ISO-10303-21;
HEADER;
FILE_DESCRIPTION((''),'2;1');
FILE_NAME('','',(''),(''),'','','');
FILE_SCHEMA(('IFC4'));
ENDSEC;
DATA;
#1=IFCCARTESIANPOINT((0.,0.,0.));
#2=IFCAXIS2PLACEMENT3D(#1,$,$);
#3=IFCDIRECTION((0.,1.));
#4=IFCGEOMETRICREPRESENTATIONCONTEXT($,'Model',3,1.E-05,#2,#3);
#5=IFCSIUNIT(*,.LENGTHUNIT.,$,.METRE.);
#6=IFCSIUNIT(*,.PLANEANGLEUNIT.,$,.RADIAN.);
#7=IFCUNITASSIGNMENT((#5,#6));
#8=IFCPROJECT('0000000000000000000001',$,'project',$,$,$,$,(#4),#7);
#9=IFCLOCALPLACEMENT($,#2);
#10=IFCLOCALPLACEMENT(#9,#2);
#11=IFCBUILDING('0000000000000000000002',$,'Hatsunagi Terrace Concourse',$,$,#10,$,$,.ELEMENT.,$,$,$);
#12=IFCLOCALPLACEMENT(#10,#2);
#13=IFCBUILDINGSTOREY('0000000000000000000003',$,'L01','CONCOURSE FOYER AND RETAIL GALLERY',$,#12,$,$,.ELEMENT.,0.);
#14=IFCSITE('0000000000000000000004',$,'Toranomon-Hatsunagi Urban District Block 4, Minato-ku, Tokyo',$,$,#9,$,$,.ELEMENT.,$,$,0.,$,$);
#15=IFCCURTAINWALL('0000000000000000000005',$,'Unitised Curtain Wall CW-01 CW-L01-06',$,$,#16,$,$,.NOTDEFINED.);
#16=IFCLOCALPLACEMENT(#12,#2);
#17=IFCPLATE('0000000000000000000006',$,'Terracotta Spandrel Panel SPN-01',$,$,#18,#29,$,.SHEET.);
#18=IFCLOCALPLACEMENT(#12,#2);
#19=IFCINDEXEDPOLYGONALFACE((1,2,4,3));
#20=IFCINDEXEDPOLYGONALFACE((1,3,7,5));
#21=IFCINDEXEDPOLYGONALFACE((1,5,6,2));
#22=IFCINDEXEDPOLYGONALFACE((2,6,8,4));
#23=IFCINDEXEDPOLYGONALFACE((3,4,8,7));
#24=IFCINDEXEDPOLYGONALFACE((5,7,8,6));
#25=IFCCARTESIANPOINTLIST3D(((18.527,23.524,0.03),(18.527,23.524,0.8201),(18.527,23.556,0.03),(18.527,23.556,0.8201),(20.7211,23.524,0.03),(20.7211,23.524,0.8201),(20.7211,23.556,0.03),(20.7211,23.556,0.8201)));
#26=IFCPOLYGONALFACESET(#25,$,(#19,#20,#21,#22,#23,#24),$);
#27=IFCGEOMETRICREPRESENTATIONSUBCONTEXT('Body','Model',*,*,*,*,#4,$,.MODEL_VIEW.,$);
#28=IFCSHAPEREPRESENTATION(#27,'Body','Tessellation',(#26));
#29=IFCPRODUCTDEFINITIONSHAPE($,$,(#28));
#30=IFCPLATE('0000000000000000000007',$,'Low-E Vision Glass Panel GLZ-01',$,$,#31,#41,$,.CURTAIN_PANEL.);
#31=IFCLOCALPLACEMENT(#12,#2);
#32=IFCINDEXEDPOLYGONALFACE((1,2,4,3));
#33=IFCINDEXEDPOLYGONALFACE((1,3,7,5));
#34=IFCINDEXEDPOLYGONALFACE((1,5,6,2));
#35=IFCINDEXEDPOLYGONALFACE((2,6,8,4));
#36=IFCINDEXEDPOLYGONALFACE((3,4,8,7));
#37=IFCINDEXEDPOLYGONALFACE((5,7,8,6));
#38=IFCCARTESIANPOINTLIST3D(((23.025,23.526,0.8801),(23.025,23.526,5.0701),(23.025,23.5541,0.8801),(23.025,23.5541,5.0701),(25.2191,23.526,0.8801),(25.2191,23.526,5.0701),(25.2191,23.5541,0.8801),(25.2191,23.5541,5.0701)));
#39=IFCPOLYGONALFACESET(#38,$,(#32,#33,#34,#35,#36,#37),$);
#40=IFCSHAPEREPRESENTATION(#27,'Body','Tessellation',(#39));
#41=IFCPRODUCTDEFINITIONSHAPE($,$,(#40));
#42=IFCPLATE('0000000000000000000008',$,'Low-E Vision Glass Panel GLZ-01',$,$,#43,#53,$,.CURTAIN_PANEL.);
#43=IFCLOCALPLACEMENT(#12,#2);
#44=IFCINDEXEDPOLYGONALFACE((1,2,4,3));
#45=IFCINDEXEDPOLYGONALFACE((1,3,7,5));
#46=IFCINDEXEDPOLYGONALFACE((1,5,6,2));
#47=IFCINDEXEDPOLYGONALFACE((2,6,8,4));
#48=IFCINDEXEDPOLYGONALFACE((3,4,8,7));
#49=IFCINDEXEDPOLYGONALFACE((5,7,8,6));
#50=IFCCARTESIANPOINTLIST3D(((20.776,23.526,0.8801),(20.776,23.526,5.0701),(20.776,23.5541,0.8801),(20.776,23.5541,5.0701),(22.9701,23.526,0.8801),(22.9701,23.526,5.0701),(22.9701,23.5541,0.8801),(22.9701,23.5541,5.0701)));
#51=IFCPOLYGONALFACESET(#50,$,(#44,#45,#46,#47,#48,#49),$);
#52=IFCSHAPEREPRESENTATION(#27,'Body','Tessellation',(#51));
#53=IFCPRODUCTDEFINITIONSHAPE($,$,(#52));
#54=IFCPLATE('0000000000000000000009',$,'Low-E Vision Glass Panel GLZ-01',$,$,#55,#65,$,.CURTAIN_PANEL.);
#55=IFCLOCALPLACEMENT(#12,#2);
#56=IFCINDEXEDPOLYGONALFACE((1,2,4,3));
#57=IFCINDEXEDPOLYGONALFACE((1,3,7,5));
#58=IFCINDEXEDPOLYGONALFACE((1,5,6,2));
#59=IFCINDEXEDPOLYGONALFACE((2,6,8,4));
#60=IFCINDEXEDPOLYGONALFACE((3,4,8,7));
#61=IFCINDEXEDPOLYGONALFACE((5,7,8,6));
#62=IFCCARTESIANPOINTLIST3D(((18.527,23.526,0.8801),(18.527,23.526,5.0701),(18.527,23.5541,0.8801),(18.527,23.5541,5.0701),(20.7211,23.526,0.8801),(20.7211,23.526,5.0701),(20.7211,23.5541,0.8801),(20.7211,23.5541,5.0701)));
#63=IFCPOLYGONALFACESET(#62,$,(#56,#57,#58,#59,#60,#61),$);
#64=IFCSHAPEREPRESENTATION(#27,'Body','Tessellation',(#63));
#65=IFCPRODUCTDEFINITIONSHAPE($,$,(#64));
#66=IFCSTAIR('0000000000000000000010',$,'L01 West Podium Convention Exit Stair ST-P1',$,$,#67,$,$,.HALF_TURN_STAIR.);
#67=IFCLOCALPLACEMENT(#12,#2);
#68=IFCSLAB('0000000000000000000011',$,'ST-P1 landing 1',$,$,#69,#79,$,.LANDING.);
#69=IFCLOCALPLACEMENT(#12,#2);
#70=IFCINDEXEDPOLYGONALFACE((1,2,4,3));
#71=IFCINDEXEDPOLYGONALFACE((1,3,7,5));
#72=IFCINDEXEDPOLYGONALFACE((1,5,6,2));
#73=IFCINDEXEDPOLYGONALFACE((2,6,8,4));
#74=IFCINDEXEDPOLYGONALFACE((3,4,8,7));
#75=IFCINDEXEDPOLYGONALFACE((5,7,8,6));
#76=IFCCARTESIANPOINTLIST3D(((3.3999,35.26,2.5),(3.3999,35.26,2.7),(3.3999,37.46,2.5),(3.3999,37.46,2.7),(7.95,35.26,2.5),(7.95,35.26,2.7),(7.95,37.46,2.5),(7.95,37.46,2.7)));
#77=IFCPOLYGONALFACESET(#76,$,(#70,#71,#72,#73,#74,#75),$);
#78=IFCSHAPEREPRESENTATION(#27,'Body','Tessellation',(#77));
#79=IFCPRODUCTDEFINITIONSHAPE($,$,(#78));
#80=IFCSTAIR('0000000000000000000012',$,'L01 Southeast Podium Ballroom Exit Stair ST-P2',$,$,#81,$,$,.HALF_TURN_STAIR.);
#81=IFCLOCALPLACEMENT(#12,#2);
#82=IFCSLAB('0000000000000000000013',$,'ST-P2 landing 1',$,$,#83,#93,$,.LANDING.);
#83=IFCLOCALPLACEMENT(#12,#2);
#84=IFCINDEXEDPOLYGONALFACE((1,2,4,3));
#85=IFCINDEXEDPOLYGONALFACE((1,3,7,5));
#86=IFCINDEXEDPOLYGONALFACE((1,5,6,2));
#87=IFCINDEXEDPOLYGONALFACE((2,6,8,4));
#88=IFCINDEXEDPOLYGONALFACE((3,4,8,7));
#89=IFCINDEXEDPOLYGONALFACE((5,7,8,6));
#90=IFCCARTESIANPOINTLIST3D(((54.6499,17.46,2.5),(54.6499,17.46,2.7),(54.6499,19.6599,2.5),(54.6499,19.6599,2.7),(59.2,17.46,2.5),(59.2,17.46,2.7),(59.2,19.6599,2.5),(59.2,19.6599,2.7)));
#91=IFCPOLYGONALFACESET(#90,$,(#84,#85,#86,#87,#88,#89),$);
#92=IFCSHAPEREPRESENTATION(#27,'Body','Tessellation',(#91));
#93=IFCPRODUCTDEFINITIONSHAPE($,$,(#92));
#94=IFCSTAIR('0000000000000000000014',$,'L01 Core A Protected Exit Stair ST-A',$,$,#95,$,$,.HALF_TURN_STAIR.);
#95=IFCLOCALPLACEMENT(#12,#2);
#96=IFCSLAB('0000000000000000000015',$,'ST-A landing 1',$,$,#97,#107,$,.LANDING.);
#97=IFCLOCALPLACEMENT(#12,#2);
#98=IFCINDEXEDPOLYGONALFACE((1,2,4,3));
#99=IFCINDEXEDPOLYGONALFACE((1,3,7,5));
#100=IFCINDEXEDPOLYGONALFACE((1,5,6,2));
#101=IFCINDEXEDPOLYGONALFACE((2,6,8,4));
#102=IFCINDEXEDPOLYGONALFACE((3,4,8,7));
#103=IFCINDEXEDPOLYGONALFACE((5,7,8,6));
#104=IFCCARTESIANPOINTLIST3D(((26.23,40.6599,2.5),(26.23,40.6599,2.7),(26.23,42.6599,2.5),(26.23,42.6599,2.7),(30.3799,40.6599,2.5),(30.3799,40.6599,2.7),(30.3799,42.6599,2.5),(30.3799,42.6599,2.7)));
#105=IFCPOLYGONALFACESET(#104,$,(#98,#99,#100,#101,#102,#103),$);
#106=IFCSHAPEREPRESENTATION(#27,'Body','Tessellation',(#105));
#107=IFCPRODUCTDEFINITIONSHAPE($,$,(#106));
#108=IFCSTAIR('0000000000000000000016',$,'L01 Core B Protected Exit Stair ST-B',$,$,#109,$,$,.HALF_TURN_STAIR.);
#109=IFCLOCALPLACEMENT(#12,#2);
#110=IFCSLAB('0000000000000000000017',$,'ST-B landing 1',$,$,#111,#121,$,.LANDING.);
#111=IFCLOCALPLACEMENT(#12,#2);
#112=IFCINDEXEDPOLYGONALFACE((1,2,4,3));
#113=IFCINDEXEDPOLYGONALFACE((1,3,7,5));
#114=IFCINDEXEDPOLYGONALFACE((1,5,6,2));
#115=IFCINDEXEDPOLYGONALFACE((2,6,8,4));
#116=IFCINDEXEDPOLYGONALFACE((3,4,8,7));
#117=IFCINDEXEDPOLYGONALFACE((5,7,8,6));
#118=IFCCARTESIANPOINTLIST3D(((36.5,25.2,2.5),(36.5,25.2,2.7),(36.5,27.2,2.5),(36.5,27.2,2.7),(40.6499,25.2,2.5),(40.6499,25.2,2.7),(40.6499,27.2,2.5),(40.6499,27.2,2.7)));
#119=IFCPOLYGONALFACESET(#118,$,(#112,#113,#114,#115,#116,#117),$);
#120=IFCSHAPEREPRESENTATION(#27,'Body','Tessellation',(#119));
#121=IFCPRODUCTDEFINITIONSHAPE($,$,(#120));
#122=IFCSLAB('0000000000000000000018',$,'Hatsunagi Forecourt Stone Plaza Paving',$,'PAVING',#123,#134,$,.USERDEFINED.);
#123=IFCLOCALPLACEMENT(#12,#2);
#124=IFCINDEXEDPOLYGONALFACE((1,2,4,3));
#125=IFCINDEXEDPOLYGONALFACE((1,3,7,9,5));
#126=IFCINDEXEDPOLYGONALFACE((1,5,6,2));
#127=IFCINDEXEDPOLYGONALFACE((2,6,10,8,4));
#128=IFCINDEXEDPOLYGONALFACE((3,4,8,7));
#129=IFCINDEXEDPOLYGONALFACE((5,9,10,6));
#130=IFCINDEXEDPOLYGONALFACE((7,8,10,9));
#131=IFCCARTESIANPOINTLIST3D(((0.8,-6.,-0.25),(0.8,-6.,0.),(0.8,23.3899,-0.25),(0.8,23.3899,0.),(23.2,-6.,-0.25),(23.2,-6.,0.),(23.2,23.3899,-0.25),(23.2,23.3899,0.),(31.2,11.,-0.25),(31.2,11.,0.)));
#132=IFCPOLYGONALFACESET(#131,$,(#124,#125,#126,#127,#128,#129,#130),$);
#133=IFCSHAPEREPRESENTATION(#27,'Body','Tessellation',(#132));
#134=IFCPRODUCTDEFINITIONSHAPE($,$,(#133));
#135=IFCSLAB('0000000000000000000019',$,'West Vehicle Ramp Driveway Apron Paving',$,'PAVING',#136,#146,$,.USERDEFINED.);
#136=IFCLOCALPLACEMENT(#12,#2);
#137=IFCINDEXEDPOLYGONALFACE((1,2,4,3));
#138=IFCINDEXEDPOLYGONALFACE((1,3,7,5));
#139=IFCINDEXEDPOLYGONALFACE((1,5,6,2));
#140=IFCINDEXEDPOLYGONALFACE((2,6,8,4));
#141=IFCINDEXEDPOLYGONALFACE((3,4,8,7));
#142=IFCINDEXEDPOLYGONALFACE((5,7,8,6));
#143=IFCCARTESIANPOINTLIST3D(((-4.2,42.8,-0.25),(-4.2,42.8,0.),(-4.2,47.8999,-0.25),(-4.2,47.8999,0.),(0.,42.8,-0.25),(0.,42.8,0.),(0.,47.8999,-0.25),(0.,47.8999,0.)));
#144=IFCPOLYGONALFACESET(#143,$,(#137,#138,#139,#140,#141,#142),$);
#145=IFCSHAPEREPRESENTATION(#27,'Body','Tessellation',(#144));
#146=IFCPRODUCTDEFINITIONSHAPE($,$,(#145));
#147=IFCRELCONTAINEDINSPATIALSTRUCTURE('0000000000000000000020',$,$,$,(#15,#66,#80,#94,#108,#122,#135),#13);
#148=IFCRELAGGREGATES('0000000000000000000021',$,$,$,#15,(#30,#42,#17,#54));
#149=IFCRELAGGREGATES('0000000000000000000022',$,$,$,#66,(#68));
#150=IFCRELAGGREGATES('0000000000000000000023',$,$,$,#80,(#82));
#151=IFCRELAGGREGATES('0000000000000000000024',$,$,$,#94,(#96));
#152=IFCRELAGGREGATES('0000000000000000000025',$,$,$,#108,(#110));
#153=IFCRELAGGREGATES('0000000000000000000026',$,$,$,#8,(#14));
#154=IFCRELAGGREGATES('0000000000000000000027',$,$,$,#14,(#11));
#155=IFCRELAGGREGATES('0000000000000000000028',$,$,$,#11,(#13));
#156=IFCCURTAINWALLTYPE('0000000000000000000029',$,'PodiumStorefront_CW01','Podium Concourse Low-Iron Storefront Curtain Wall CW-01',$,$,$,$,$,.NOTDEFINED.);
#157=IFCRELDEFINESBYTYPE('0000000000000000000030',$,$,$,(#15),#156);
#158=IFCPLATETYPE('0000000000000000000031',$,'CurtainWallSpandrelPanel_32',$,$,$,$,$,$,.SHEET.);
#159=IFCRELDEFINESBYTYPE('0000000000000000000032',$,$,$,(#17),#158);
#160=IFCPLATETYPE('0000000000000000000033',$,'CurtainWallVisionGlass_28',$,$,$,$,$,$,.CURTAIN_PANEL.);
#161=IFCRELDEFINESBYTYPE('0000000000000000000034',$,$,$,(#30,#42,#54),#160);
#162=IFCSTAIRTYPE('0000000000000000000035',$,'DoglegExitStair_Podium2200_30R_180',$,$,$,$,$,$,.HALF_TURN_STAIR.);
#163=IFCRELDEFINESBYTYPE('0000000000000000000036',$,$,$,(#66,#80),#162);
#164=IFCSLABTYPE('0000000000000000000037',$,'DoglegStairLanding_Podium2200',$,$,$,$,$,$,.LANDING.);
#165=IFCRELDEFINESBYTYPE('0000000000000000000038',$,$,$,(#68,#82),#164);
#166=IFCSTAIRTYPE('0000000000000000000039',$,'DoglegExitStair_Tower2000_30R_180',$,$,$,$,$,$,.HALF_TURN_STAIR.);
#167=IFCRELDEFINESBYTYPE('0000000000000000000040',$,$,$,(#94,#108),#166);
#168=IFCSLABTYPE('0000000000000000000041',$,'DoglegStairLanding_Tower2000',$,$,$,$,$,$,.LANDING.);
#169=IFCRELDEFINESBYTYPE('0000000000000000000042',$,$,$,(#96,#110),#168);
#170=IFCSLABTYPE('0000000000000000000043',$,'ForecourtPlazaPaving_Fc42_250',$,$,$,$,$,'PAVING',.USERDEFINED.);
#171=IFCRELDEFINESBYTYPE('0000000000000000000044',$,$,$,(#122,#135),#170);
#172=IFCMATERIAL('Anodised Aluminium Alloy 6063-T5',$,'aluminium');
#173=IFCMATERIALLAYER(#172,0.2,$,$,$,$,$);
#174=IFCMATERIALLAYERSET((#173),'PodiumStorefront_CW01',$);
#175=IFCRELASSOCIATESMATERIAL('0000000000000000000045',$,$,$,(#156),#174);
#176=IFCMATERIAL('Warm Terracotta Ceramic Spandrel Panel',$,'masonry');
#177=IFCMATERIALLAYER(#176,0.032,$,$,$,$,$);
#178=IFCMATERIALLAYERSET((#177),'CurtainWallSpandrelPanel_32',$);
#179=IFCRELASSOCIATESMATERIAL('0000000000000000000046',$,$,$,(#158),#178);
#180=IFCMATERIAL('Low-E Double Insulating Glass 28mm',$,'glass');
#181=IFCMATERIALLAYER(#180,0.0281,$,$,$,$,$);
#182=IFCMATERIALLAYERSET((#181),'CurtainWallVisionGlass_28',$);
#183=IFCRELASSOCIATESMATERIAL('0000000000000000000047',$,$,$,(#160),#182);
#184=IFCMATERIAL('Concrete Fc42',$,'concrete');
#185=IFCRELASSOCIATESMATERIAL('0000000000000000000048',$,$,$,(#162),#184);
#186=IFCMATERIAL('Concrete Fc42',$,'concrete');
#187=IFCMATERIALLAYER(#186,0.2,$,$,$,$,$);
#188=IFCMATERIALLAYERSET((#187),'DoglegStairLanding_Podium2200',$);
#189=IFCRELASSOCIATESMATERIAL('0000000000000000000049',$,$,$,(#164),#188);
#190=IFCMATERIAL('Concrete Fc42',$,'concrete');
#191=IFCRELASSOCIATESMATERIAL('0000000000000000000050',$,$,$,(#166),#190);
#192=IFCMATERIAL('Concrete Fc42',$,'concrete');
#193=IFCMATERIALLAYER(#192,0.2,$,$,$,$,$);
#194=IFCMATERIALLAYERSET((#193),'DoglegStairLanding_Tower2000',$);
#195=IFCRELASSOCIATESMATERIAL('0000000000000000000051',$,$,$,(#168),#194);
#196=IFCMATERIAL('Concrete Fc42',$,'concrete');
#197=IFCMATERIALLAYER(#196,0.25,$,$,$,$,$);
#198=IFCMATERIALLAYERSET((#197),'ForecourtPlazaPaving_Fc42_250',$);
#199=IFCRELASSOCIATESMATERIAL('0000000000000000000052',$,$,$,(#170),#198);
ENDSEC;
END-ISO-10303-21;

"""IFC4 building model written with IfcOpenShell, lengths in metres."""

from ifc_helpers import new_model, si_unit, direction, frame, origin, origin_2d, place, context, subcontext, project, spatial, polyline, rectangle, outline, extrude, material, layer, layer_set, type_object, element, aggregate, save


model = new_model("IFC4")

# Units and contexts
model_context = context("Model", 3, precision=1e-05, world=origin(), true_north=direction((0.0, 1.0)))
body_context = subcontext(model_context, "Body", "Model", "MODEL_VIEW")
ifc_project = project(units=[si_unit("LENGTHUNIT", "METRE"), si_unit("PLANEANGLEUNIT", "RADIAN")], contexts=[model_context])

# Site, building, storey
site_placement = place(None, origin())
site = spatial("IfcSite", under=ifc_project, at=site_placement, Name="Toranomon-Hatsunagi Urban District Block 4, Minato-ku, Tokyo", CompositionType="ELEMENT", RefElevation=0.0)
building_placement = place(site_placement, origin())
building = spatial("IfcBuilding", under=site, at=building_placement, Name="Hatsunagi Terrace Concourse", CompositionType="ELEMENT")
storey_placement = place(building_placement, origin())
storey = spatial("IfcBuildingStorey", under=building, at=storey_placement, Name="L01", Description="CONCOURSE FOYER AND RETAIL GALLERY", CompositionType="ELEMENT", Elevation=0.0)

# Curtain wall
ifc_material_1 = material(Name="Anodised Aluminium Alloy 6063-T5", Category="aluminium")
ifc_layer_1 = layer(ifc_material_1, 0.2)
ifc_layer_set_1 = layer_set([ifc_layer_1], Name="PodiumStorefront_CW01")
curtain_wall_type = type_object("IfcCurtainWallType", Name="PodiumStorefront_CW01", Description="Podium Concourse Low-Iron Storefront Curtain Wall CW-01", PredefinedType="NOTDEFINED", material=ifc_layer_set_1)
curtain_wall_placement = place(storey_placement, origin())
curtain_wall = element("IfcCurtainWall", 1, at=curtain_wall_placement, inside=storey, type_object=curtain_wall_type, Name="Unitised Curtain Wall CW-01 CW-L01-06", PredefinedType="NOTDEFINED")

# Plates
ifc_material_2 = material(Name="Warm Terracotta Ceramic Spandrel Panel", Category="masonry")
ifc_layer_2 = layer(ifc_material_2, 0.032)
ifc_layer_set_2 = layer_set([ifc_layer_2], Name="CurtainWallSpandrelPanel_32")
plate_type_1 = type_object("IfcPlateType", Name="CurtainWallSpandrelPanel_32", PredefinedType="SHEET", material=ifc_layer_set_2)
plate_1_placement = place(storey_placement, frame((19.624, 23.54, 0.03), z_axis=(0.0, 0.0, 1.0), x_axis=(-1.0, 0.0, 0.0)))
plate_1 = element("IfcPlate", 2, at=plate_1_placement, type_object=plate_type_1, Name="Terracotta Spandrel Panel SPN-01", PredefinedType="SHEET", context=body_context, shape_type="SweptSolid", body=[
    extrude(rectangle(XDim=2.1941, YDim=0.032, at=origin_2d()), origin(), (0.0, 0.0, 1.0), 0.79),
])
ifc_material_3 = material(Name="Low-E Double Insulating Glass 28mm", Category="glass")
ifc_layer_3 = layer(ifc_material_3, 0.0281)
ifc_layer_set_3 = layer_set([ifc_layer_3], Name="CurtainWallVisionGlass_28")
plate_type_2 = type_object("IfcPlateType", Name="CurtainWallVisionGlass_28", PredefinedType="CURTAIN_PANEL", material=ifc_layer_set_3)
plate_2_placement = place(storey_placement, frame((24.1221, 23.54, 0.8801), z_axis=(0.0, 0.0, 1.0), x_axis=(-1.0, 0.0, 0.0)))
plate_2 = element("IfcPlate", 3, at=plate_2_placement, type_object=plate_type_2, Name="Low-E Vision Glass Panel GLZ-01", PredefinedType="CURTAIN_PANEL", context=body_context, shape_type="SweptSolid", body=[
    extrude(rectangle(XDim=2.1941, YDim=0.0281, at=origin_2d()), origin(), (0.0, 0.0, 1.0), 4.1899),
])
plate_3_placement = place(storey_placement, frame((21.873, 23.54, 0.8801), z_axis=(0.0, 0.0, 1.0), x_axis=(-1.0, 0.0, 0.0)))
plate_3 = element("IfcPlate", 4, at=plate_3_placement, type_object=plate_type_2, Name="Low-E Vision Glass Panel GLZ-01", PredefinedType="CURTAIN_PANEL", context=body_context, shape_type="SweptSolid", body=[
    extrude(rectangle(XDim=2.1941, YDim=0.0281, at=origin_2d()), origin(), (0.0, 0.0, 1.0), 4.1899),
])
plate_4_placement = place(storey_placement, frame((19.624, 23.54, 0.8801), z_axis=(0.0, 0.0, 1.0), x_axis=(-1.0, 0.0, 0.0)))
plate_4 = element("IfcPlate", 5, at=plate_4_placement, type_object=plate_type_2, Name="Low-E Vision Glass Panel GLZ-01", PredefinedType="CURTAIN_PANEL", context=body_context, shape_type="SweptSolid", body=[
    extrude(rectangle(XDim=2.1941, YDim=0.0281, at=origin_2d()), origin(), (0.0, 0.0, 1.0), 4.1899),
])
aggregate(curtain_wall, [plate_2, plate_3, plate_1, plate_4])

# Stairs, slabs
ifc_material_4 = material(Name="Concrete Fc42", Category="concrete")
stair_type_1 = type_object("IfcStairType", Name="DoglegExitStair_Podium2200_30R_180", PredefinedType="HALF_TURN_STAIR", material=ifc_material_4)
stair_1_placement = place(storey_placement, origin())
stair_1 = element("IfcStair", 6, at=stair_1_placement, inside=storey, type_object=stair_type_1, Name="L01 West Podium Convention Exit Stair ST-P1", PredefinedType="HALF_TURN_STAIR")
ifc_material_5 = material(Name="Concrete Fc42", Category="concrete")
ifc_layer_4 = layer(ifc_material_5, 0.2)
ifc_layer_set_4 = layer_set([ifc_layer_4], Name="DoglegStairLanding_Podium2200")
slab_type_1 = type_object("IfcSlabType", Name="DoglegStairLanding_Podium2200", PredefinedType="LANDING", material=ifc_layer_set_4)
slab_1_placement = place(storey_placement, frame((0.0, 0.0, 2.5)))
slab_1 = element("IfcSlab", 7, at=slab_1_placement, type_object=slab_type_1, Name="ST-P1 landing 1", PredefinedType="LANDING", context=body_context, shape_type="SweptSolid", body=[
    extrude(outline(polyline([(7.95, 35.26), (7.95, 37.46), (3.3999, 37.46), (3.3999, 35.26), (7.95, 35.26)])), origin(), (0.0, 0.0, 1.0), 0.2),
])
aggregate(stair_1, [slab_1])
stair_2_placement = place(storey_placement, origin())
stair_2 = element("IfcStair", 8, at=stair_2_placement, inside=storey, type_object=stair_type_1, Name="L01 Southeast Podium Ballroom Exit Stair ST-P2", PredefinedType="HALF_TURN_STAIR")
slab_2_placement = place(storey_placement, frame((0.0, 0.0, 2.5)))
slab_2 = element("IfcSlab", 9, at=slab_2_placement, type_object=slab_type_1, Name="ST-P2 landing 1", PredefinedType="LANDING", context=body_context, shape_type="SweptSolid", body=[
    extrude(outline(polyline([(59.2, 17.46), (59.2, 19.6599), (54.6499, 19.6599), (54.6499, 17.46), (59.2, 17.46)])), origin(), (0.0, 0.0, 1.0), 0.2),
])
aggregate(stair_2, [slab_2])
ifc_material_6 = material(Name="Concrete Fc42", Category="concrete")
stair_type_2 = type_object("IfcStairType", Name="DoglegExitStair_Tower2000_30R_180", PredefinedType="HALF_TURN_STAIR", material=ifc_material_6)
stair_3_placement = place(storey_placement, origin())
stair_3 = element("IfcStair", 10, at=stair_3_placement, inside=storey, type_object=stair_type_2, Name="L01 Core A Protected Exit Stair ST-A", PredefinedType="HALF_TURN_STAIR")
ifc_material_7 = material(Name="Concrete Fc42", Category="concrete")
ifc_layer_5 = layer(ifc_material_7, 0.2)
ifc_layer_set_5 = layer_set([ifc_layer_5], Name="DoglegStairLanding_Tower2000")
slab_type_2 = type_object("IfcSlabType", Name="DoglegStairLanding_Tower2000", PredefinedType="LANDING", material=ifc_layer_set_5)
slab_3_placement = place(storey_placement, frame((0.0, 0.0, 2.5)))
slab_3 = element("IfcSlab", 11, at=slab_3_placement, type_object=slab_type_2, Name="ST-A landing 1", PredefinedType="LANDING", context=body_context, shape_type="SweptSolid", body=[
    extrude(outline(polyline([(30.3799, 40.6599), (30.3799, 42.6599), (26.23, 42.6599), (26.23, 40.6599), (30.3799, 40.6599)])), origin(), (0.0, 0.0, 1.0), 0.2),
])
aggregate(stair_3, [slab_3])
stair_4_placement = place(storey_placement, origin())
stair_4 = element("IfcStair", 12, at=stair_4_placement, inside=storey, type_object=stair_type_2, Name="L01 Core B Protected Exit Stair ST-B", PredefinedType="HALF_TURN_STAIR")
slab_4_placement = place(storey_placement, frame((0.0, 0.0, 2.5)))
slab_4 = element("IfcSlab", 13, at=slab_4_placement, type_object=slab_type_2, Name="ST-B landing 1", PredefinedType="LANDING", context=body_context, shape_type="SweptSolid", body=[
    extrude(outline(polyline([(36.5, 27.2), (36.5, 25.2), (40.6499, 25.2), (40.6499, 27.2), (36.5, 27.2)])), origin(), (0.0, 0.0, 1.0), 0.2),
])
aggregate(stair_4, [slab_4])

# Slabs
ifc_material_8 = material(Name="Concrete Fc42", Category="concrete")
ifc_layer_6 = layer(ifc_material_8, 0.25)
ifc_layer_set_6 = layer_set([ifc_layer_6], Name="ForecourtPlazaPaving_Fc42_250")
slab_type_3 = type_object("IfcSlabType", Name="ForecourtPlazaPaving_Fc42_250", ElementType="PAVING", PredefinedType="USERDEFINED", material=ifc_layer_set_6)
slab_5_placement = place(storey_placement, frame((0.0, 0.0, -0.25)))
element("IfcSlab", 14, at=slab_5_placement, inside=storey, type_object=slab_type_3, Name="Hatsunagi Forecourt Stone Plaza Paving", ObjectType="PAVING", PredefinedType="USERDEFINED", context=body_context, shape_type="SweptSolid", body=[
    extrude(outline(polyline([(0.8, -6.0), (23.2, -6.0), (31.2, 11.0), (23.2, 23.3899), (0.8, 23.3899), (0.8, -6.0)])), origin(), (0.0, 0.0, 1.0), 0.25),
])
slab_6_placement = place(storey_placement, frame((0.0, 0.0, -0.25)))
element("IfcSlab", 15, at=slab_6_placement, inside=storey, type_object=slab_type_3, Name="West Vehicle Ramp Driveway Apron Paving", ObjectType="PAVING", PredefinedType="USERDEFINED", context=body_context, shape_type="SweptSolid", body=[
    extrude(outline(polyline([(-4.2, 42.8), (0.0, 42.8), (0.0, 47.8999), (-4.2, 47.8999), (-4.2, 42.8)])), origin(), (0.0, 0.0, 1.0), 0.25),
])

save(model, "model.ifc")
